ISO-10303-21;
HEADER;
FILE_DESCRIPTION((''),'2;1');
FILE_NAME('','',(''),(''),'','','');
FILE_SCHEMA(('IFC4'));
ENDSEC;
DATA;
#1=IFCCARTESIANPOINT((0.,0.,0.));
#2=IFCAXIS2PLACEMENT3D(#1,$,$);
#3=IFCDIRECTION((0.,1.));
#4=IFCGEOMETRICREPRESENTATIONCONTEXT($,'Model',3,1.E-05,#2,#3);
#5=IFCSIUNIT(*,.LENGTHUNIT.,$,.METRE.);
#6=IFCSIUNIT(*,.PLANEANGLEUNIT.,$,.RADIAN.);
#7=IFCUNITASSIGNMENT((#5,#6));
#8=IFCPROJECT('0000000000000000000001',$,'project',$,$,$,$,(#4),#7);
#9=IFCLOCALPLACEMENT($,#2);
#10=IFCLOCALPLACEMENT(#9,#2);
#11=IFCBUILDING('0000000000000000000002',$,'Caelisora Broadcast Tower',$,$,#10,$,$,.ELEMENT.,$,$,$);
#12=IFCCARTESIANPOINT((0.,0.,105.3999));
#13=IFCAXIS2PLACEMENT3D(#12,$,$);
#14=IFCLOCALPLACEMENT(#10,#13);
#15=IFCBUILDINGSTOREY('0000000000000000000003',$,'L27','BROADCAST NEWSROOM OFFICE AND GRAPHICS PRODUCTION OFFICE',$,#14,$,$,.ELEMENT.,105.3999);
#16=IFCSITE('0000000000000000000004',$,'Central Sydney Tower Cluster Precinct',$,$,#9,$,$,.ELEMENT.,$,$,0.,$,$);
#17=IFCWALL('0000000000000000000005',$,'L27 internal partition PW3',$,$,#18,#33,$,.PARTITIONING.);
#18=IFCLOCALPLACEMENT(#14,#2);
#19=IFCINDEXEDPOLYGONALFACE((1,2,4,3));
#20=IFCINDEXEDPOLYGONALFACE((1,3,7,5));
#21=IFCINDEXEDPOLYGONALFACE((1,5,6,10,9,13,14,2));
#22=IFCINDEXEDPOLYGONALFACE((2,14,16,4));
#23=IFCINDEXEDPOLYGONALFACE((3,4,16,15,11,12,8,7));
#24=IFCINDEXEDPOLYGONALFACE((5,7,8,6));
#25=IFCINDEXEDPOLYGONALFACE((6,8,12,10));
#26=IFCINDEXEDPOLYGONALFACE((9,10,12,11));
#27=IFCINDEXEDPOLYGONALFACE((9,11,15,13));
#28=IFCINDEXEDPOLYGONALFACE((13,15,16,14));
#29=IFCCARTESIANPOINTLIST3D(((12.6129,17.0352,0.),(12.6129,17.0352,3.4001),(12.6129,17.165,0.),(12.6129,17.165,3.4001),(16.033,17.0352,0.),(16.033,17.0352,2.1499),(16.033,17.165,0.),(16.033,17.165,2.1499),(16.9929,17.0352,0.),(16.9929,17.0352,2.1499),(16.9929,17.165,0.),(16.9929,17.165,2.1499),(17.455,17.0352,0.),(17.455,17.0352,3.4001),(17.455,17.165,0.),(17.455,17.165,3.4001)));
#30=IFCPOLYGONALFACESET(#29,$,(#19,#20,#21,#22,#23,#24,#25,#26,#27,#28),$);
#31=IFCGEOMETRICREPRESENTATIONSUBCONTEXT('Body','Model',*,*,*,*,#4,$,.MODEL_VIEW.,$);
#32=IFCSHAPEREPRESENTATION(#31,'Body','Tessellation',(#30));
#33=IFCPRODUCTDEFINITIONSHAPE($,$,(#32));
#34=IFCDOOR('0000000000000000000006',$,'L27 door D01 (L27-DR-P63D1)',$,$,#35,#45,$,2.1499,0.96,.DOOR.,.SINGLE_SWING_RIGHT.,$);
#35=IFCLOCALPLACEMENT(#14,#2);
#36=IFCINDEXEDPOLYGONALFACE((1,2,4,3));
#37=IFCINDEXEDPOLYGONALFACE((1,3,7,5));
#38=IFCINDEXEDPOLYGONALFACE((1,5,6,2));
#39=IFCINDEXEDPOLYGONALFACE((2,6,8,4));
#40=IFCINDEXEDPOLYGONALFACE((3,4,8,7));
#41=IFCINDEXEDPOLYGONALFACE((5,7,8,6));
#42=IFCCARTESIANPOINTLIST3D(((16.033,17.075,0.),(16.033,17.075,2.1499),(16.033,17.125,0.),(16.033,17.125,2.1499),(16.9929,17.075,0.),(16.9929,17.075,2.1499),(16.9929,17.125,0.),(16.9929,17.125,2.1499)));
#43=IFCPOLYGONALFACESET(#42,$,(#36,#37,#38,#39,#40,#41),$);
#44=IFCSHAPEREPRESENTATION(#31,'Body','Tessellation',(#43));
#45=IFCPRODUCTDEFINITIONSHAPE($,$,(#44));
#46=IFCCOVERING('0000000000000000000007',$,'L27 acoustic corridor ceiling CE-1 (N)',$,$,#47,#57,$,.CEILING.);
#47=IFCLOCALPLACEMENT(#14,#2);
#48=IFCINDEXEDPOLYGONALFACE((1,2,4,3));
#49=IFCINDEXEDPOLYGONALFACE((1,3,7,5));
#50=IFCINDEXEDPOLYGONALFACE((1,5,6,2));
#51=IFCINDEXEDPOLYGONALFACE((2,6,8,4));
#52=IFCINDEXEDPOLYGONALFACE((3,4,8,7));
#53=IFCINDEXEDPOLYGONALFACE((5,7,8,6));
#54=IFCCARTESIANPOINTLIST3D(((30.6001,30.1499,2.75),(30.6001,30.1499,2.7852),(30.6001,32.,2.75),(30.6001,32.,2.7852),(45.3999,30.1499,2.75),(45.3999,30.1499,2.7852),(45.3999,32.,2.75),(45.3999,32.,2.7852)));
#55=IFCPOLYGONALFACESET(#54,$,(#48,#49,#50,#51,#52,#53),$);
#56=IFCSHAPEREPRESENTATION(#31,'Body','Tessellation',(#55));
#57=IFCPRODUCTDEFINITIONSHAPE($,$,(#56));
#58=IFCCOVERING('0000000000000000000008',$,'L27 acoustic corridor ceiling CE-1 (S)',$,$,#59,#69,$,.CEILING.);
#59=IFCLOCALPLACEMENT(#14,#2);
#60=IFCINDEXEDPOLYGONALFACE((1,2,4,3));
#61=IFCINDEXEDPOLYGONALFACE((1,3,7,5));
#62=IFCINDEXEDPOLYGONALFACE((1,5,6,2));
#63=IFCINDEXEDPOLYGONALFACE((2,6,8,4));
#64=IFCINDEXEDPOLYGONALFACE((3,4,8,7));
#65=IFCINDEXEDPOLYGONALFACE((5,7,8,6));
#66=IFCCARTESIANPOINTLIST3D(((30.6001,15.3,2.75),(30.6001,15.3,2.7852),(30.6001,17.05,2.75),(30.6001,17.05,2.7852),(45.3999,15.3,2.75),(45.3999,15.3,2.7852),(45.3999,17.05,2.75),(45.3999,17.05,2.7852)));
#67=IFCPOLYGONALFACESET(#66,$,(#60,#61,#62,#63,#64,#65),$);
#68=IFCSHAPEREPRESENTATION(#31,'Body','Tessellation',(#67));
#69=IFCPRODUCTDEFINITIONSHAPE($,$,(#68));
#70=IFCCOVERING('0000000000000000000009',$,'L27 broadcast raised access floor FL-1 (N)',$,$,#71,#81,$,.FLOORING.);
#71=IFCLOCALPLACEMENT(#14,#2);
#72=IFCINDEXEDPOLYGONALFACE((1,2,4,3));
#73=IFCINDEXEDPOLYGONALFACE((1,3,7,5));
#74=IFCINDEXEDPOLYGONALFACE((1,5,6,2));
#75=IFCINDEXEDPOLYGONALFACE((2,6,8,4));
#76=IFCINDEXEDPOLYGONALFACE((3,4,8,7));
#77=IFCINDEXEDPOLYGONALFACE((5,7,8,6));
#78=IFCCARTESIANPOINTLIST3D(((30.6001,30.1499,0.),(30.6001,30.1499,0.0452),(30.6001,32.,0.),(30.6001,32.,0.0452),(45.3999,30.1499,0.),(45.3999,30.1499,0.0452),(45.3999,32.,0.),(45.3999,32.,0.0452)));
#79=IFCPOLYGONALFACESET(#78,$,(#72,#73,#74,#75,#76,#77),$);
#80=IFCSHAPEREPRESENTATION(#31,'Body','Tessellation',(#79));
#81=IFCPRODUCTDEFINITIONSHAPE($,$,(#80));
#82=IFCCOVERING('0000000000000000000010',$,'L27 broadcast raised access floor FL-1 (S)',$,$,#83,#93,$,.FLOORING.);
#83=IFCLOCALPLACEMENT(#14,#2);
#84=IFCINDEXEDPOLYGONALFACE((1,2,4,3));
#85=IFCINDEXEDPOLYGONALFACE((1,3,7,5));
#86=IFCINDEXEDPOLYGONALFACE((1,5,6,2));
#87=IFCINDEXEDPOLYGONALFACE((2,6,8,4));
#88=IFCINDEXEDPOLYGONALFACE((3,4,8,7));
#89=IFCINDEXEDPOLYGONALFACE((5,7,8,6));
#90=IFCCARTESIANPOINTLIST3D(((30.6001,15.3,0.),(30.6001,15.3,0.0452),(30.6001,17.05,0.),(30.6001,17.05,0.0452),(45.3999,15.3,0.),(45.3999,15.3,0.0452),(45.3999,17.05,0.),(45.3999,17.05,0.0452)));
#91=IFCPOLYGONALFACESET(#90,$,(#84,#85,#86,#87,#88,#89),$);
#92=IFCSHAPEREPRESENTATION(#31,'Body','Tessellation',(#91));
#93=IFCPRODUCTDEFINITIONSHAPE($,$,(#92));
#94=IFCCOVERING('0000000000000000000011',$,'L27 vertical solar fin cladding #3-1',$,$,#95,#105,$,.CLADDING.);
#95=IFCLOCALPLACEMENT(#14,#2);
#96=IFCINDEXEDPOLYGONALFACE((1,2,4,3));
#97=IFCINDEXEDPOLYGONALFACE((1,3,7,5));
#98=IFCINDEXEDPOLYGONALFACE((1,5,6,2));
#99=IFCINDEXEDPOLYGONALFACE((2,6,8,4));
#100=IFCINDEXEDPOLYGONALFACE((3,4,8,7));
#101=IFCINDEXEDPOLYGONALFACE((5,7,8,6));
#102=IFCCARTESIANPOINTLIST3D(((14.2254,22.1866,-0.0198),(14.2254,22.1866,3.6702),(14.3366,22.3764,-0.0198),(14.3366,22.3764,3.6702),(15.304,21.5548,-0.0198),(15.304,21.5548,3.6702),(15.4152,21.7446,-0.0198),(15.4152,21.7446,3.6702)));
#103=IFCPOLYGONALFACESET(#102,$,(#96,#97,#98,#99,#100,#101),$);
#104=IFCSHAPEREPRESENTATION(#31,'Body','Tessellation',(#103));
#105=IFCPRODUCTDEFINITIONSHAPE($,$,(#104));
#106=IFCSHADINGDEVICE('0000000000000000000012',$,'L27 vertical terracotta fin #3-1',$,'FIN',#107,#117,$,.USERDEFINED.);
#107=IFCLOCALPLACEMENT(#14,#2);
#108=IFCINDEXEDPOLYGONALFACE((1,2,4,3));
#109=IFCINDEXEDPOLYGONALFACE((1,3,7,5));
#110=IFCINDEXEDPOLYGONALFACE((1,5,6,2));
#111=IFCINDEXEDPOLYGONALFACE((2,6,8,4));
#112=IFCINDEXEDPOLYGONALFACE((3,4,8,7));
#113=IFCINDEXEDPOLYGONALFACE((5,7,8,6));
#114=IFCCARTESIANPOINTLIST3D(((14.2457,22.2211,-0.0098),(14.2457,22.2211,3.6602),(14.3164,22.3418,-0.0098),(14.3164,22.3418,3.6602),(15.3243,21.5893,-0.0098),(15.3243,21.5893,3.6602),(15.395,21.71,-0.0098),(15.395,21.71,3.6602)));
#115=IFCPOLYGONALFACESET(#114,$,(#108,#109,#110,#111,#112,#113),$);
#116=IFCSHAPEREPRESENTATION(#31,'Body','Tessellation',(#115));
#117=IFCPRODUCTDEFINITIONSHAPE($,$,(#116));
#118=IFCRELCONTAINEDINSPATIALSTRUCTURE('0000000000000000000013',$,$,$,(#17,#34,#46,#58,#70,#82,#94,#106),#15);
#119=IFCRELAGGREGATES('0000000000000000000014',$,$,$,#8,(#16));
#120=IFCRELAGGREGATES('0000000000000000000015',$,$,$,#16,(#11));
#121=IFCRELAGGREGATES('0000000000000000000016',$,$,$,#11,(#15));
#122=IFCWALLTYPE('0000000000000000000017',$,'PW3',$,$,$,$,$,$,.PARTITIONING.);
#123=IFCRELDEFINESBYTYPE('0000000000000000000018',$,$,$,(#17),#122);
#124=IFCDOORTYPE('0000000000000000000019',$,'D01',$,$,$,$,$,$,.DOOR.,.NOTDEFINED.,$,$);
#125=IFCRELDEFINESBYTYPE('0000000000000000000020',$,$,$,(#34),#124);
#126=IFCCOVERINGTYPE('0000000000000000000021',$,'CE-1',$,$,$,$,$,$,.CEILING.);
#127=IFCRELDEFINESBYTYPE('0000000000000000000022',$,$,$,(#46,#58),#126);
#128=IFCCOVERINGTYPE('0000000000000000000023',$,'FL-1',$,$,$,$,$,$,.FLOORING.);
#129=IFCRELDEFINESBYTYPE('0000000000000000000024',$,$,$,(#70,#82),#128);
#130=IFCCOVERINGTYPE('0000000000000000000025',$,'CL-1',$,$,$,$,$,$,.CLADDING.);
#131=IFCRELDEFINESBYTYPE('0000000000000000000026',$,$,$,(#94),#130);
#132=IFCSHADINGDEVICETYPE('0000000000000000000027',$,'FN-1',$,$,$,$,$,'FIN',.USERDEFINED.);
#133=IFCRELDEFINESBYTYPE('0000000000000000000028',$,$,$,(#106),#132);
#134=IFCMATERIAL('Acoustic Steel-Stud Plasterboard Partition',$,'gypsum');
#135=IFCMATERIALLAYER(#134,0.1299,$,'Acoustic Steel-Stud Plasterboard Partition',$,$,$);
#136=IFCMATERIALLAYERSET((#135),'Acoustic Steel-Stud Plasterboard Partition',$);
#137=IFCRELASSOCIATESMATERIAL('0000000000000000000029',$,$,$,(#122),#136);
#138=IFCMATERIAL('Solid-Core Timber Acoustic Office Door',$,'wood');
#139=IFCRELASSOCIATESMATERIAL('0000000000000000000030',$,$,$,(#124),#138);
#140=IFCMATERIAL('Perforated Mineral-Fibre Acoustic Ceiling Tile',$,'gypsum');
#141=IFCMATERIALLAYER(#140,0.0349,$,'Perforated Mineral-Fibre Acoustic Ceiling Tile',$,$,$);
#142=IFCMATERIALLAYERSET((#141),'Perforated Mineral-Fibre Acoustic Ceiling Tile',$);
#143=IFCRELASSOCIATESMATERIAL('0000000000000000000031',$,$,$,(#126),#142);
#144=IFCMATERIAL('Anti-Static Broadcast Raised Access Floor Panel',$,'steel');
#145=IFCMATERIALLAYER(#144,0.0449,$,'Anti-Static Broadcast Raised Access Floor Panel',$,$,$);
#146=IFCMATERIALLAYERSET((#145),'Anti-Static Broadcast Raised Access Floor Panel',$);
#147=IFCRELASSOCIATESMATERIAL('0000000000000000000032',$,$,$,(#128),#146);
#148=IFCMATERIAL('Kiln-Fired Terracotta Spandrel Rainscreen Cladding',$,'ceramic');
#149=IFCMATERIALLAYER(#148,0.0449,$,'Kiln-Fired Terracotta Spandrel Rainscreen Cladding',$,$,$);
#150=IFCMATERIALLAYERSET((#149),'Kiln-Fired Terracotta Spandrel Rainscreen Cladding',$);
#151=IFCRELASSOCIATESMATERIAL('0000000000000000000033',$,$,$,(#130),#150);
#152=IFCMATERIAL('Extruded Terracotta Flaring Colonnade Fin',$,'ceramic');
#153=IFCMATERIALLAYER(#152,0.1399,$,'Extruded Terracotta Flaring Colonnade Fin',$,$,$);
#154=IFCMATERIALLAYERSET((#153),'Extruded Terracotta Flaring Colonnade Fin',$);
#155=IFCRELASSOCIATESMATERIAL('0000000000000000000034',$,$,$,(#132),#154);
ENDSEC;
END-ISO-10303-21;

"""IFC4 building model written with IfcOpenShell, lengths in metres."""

from ifc_helpers import new_model, si_unit, direction, frame, frame_2d, origin, origin_2d, place, context, subcontext, project, spatial, polyline, rectangle, outline, extrude, source, transform, mapped, material, layer, layer_set, type_object, type_shapes, element, fill, save


model = new_model("IFC4")

# Units and contexts
model_context = context("Model", 3, precision=1e-05, world=origin(), true_north=direction((0.0, 1.0)))
body_context = subcontext(model_context, "Body", "Model", "MODEL_VIEW")
ifc_project = project(units=[si_unit("LENGTHUNIT", "METRE"), si_unit("PLANEANGLEUNIT", "RADIAN")], contexts=[model_context])

# Site, building, storey
site_placement = place(None, origin())
site = spatial("IfcSite", under=ifc_project, at=site_placement, Name="Central Sydney Tower Cluster Precinct", CompositionType="ELEMENT", RefElevation=0.0)
building_placement = place(site_placement, origin())
building = spatial("IfcBuilding", under=site, at=building_placement, Name="Caelisora Broadcast Tower", CompositionType="ELEMENT")
storey_placement = place(building_placement, frame((0.0, 0.0, 105.3999)))
storey = spatial("IfcBuildingStorey", under=building, at=storey_placement, Name="L27", Description="BROADCAST NEWSROOM OFFICE AND GRAPHICS PRODUCTION OFFICE", CompositionType="ELEMENT", Elevation=105.3999)

# Shared definitions
ifc_material_1 = material(Name="Acoustic Steel-Stud Plasterboard Partition", Category="gypsum")
ifc_layer_1 = layer(ifc_material_1, 0.1299, Name="Acoustic Steel-Stud Plasterboard Partition")
ifc_layer_set_1 = layer_set([ifc_layer_1], Name="Acoustic Steel-Stud Plasterboard Partition")
wall_type = type_object("IfcWallType", Name="PW3", PredefinedType="PARTITIONING", material=ifc_layer_set_1)

# Wall, opening, door
ifc_material_2 = material(Name="Solid-Core Timber Acoustic Office Door", Category="wood")
door_type = type_object("IfcDoorType", Name="D01", OperationType="NOTDEFINED", PredefinedType="DOOR", material=ifc_material_2)
wall_1_placement = place(storey_placement, frame((12.613, 17.1001, 0.0), z_axis=(0.0, 0.0, 1.0), x_axis=(1.0, 0.0, 0.0)))
wall_1 = element("IfcWall", 1, at=wall_1_placement, inside=storey, type_object=wall_type, Name="L27 internal partition PW3", PredefinedType="PARTITIONING", context=body_context, shape_type="SweptSolid", body=[
    extrude(rectangle(XDim=4.842, YDim=0.1299, at=frame_2d((2.4209, 0.0))), origin(), (0.0, 0.0, 1.0), 3.4001),
])
opening_1_placement = place(wall_1_placement, frame((3.4199, 0.0, 0.0)))
opening_1 = element("IfcOpeningElement", 2, at=opening_1_placement, cuts=wall_1, PredefinedType="OPENING", context=body_context, shape_type="SweptSolid", body=[
    extrude(rectangle(XDim=0.96, YDim=2.1499, at=frame_2d((0.48, 1.075))), frame((0.0, 0.0769, 0.0), z_axis=(0.0, -1.0, 0.0), x_axis=(1.0, 0.0, 0.0)), (0.0, 0.0, 1.0), 0.1538),
])
door_1_placement = place(opening_1_placement, origin())
door_1 = element("IfcDoor", 3, at=door_1_placement, inside=storey, type_object=door_type, Name="L27 door D01 (L27-DR-P63D1)", OperationType="SINGLE_SWING_RIGHT", OverallHeight=2.1499, OverallWidth=0.96, PredefinedType="DOOR", context=body_context, shape_type="SweptSolid", body=[
    extrude(rectangle(XDim=0.96, YDim=2.1499, at=frame_2d((0.48, 1.075))), frame((0.0, 0.0249, 0.0), z_axis=(0.0, -1.0, 0.0), x_axis=(1.0, 0.0, 0.0)), (0.0, 0.0, 1.0), 0.05),
])
fill(opening_1, door_1)

# Coverings
ifc_material_3 = material(Name="Perforated Mineral-Fibre Acoustic Ceiling Tile", Category="gypsum")
ifc_layer_2 = layer(ifc_material_3, 0.0349, Name="Perforated Mineral-Fibre Acoustic Ceiling Tile")
ifc_layer_set_2 = layer_set([ifc_layer_2], Name="Perforated Mineral-Fibre Acoustic Ceiling Tile")
covering_type_1 = type_object("IfcCoveringType", Name="CE-1", PredefinedType="CEILING", material=ifc_layer_set_2)
covering_1_placement = place(storey_placement, frame((0.0, 0.0, 2.75)))
element("IfcCovering", 4, at=covering_1_placement, inside=storey, type_object=covering_type_1, Name="L27 acoustic corridor ceiling CE-1 (N)", PredefinedType="CEILING", context=body_context, shape_type="SweptSolid", body=[
    extrude(outline(polyline([(30.6001, 30.1499), (45.3999, 30.1499), (45.3999, 32.0), (30.6001, 32.0), (30.6001, 30.1499)])), origin(), (0.0, 0.0, 1.0), 0.0352),
])
covering_2_placement = place(storey_placement, frame((0.0, 0.0, 2.75)))
element("IfcCovering", 5, at=covering_2_placement, inside=storey, type_object=covering_type_1, Name="L27 acoustic corridor ceiling CE-1 (S)", PredefinedType="CEILING", context=body_context, shape_type="SweptSolid", body=[
    extrude(outline(polyline([(30.6001, 15.3), (45.3999, 15.3), (45.3999, 17.05), (30.6001, 17.05), (30.6001, 15.3)])), origin(), (0.0, 0.0, 1.0), 0.0352),
])
ifc_material_4 = material(Name="Anti-Static Broadcast Raised Access Floor Panel", Category="steel")
ifc_layer_3 = layer(ifc_material_4, 0.0449, Name="Anti-Static Broadcast Raised Access Floor Panel")
ifc_layer_set_3 = layer_set([ifc_layer_3], Name="Anti-Static Broadcast Raised Access Floor Panel")
covering_type_2 = type_object("IfcCoveringType", Name="FL-1", PredefinedType="FLOORING", material=ifc_layer_set_3)
covering_3_placement = place(storey_placement, origin())
element("IfcCovering", 6, at=covering_3_placement, inside=storey, type_object=covering_type_2, Name="L27 broadcast raised access floor FL-1 (N)", PredefinedType="FLOORING", context=body_context, shape_type="SweptSolid", body=[
    extrude(outline(polyline([(30.6001, 30.1499), (45.3999, 30.1499), (45.3999, 32.0), (30.6001, 32.0), (30.6001, 30.1499)])), origin(), (0.0, 0.0, 1.0), 0.0452),
])
covering_4_placement = place(storey_placement, origin())
element("IfcCovering", 7, at=covering_4_placement, inside=storey, type_object=covering_type_2, Name="L27 broadcast raised access floor FL-1 (S)", PredefinedType="FLOORING", context=body_context, shape_type="SweptSolid", body=[
    extrude(outline(polyline([(30.6001, 15.3), (45.3999, 15.3), (45.3999, 17.05), (30.6001, 17.05), (30.6001, 15.3)])), origin(), (0.0, 0.0, 1.0), 0.0452),
])
ifc_material_5 = material(Name="Kiln-Fired Terracotta Spandrel Rainscreen Cladding", Category="ceramic")
ifc_layer_4 = layer(ifc_material_5, 0.0449, Name="Kiln-Fired Terracotta Spandrel Rainscreen Cladding")
ifc_layer_set_4 = layer_set([ifc_layer_4], Name="Kiln-Fired Terracotta Spandrel Rainscreen Cladding")
covering_type_3 = type_object("IfcCoveringType", Name="CL-1", PredefinedType="CLADDING", material=ifc_layer_set_4)
shared_shape_1 = source(origin(), body_context, "Body", "SweptSolid", [
    extrude(rectangle(XDim=0.22, YDim=1.25, at=origin_2d()), origin(), (0.0, 0.0, 1.0), 3.6899),
])
type_shapes(covering_type_3, [shared_shape_1])
covering_5_placement = place(storey_placement, frame((14.8203, 21.9656, -0.0198), z_axis=(0.0, 0.0, 1.0), x_axis=(0.505431, 0.862867, 0.0)))
element("IfcCovering", 8, at=covering_5_placement, inside=storey, type_object=covering_type_3, Name="L27 vertical solar fin cladding #3-1", PredefinedType="CLADDING", context=body_context, shape_type="MappedRepresentation", body=[
    mapped(shared_shape_1, transform((0.0, 0.0, 0.0), scale=1.0)),
])

# Shading device
ifc_material_6 = material(Name="Extruded Terracotta Flaring Colonnade Fin", Category="ceramic")
ifc_layer_5 = layer(ifc_material_6, 0.1399, Name="Extruded Terracotta Flaring Colonnade Fin")
ifc_layer_set_5 = layer_set([ifc_layer_5], Name="Extruded Terracotta Flaring Colonnade Fin")
shading_device_type = type_object("IfcShadingDeviceType", Name="FN-1", ElementType="FIN", PredefinedType="USERDEFINED", material=ifc_layer_set_5)
shared_shape_2 = source(origin(), body_context, "Body", "SweptSolid", [
    extrude(rectangle(XDim=0.1399, YDim=1.25, at=origin_2d()), origin(), (0.0, 0.0, 1.0), 3.6699),
])
type_shapes(shading_device_type, [shared_shape_2])
shading_device_placement = place(storey_placement, frame((14.8203, 21.9656, -0.0098), z_axis=(0.0, 0.0, 1.0), x_axis=(0.505431, 0.862867, 0.0)))
element("IfcShadingDevice", 9, at=shading_device_placement, inside=storey, type_object=shading_device_type, Name="L27 vertical terracotta fin #3-1", ObjectType="FIN", PredefinedType="USERDEFINED", context=body_context, shape_type="MappedRepresentation", body=[
    mapped(shared_shape_2, transform((0.0, 0.0, 0.0), scale=1.0)),
])

save(model, "model.ifc")
